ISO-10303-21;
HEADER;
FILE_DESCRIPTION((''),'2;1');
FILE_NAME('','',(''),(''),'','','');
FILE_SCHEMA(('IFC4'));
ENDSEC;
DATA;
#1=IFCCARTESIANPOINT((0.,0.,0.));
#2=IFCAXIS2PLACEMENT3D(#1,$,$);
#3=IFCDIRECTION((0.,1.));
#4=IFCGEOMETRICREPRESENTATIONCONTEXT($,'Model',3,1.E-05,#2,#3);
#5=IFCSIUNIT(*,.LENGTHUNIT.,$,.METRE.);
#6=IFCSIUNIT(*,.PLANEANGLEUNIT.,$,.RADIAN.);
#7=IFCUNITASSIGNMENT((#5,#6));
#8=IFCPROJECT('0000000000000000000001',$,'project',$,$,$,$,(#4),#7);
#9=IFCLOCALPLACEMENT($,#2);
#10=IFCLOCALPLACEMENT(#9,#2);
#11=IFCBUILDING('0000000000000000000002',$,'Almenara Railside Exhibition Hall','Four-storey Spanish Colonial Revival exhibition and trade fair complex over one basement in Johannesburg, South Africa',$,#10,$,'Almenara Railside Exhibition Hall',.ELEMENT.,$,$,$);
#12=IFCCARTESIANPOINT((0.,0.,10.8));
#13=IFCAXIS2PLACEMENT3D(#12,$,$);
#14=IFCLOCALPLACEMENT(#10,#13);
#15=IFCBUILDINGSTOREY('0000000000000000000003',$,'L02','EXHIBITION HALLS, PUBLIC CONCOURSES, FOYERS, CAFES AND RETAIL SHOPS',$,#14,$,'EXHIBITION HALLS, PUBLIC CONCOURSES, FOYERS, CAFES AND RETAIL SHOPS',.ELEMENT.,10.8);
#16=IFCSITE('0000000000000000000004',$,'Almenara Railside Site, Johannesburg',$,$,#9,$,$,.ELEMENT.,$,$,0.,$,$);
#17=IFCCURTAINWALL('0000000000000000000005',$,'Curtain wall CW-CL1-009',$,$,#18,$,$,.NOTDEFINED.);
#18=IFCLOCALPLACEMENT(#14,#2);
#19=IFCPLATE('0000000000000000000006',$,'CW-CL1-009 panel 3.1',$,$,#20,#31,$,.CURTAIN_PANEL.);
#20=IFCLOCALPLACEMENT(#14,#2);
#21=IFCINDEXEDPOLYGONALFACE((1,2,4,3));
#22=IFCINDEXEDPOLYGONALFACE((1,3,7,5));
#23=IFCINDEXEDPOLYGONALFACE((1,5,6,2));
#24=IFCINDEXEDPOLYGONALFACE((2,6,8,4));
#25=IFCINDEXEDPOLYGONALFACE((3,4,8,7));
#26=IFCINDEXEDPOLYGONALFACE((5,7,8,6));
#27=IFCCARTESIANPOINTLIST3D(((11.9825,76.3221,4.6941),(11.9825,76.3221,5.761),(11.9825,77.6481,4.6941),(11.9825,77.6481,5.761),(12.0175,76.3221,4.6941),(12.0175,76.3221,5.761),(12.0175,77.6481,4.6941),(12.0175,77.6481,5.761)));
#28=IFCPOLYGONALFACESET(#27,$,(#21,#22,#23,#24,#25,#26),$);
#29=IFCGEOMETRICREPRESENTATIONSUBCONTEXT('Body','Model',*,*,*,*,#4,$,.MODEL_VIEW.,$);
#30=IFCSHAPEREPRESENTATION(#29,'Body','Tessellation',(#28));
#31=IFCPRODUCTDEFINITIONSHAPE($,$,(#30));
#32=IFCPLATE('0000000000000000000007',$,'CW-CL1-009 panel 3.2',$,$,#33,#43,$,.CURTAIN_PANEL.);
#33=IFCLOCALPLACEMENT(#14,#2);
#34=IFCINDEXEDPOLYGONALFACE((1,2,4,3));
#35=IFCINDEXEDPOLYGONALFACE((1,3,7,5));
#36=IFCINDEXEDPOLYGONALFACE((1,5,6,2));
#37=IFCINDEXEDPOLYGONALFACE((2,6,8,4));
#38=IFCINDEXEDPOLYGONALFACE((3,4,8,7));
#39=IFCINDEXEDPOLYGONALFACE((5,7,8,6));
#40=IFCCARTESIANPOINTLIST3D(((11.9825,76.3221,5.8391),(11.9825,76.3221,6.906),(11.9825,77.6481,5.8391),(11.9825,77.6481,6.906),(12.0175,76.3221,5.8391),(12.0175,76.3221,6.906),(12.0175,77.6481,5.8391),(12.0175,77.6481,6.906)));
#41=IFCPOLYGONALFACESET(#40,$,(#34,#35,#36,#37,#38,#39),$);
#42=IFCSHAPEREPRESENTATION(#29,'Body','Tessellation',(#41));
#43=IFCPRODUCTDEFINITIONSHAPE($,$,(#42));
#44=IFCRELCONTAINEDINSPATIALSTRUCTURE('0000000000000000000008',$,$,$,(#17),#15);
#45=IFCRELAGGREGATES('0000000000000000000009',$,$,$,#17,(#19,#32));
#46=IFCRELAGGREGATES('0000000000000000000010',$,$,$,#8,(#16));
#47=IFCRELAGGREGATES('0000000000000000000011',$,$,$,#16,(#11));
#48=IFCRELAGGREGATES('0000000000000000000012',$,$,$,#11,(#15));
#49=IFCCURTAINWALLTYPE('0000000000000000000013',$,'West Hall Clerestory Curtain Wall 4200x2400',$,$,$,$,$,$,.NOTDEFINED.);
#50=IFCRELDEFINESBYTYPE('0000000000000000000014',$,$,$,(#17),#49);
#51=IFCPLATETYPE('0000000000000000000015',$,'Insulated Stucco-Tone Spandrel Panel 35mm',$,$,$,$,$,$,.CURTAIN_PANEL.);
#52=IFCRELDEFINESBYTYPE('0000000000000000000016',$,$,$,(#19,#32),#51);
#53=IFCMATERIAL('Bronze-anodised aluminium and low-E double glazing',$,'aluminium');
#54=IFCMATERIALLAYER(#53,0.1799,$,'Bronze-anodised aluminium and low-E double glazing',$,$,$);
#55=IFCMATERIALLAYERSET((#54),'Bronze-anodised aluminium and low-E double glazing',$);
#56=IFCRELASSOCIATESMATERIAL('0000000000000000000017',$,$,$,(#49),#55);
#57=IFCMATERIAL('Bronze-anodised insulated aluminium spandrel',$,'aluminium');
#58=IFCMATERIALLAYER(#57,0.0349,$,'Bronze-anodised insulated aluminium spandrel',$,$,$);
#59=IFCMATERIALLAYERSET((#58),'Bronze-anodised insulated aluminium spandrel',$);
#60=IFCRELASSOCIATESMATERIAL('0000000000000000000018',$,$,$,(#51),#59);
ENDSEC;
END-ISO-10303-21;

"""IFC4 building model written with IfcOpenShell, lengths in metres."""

from ifc_helpers import new_model, si_unit, direction, frame, origin, origin_2d, place, context, subcontext, project, spatial, rectangle, extrude, material, layer, layer_set, type_object, element, aggregate, save


model = new_model("IFC4")

# Units and contexts
model_context = context("Model", 3, precision=1e-05, world=origin(), true_north=direction((0.0, 1.0)))
body_context = subcontext(model_context, "Body", "Model", "MODEL_VIEW")
ifc_project = project(units=[si_unit("LENGTHUNIT", "METRE"), si_unit("PLANEANGLEUNIT", "RADIAN")], contexts=[model_context])

# Site, building, storey
site_placement = place(None, origin())
site = spatial("IfcSite", under=ifc_project, at=site_placement, Name="Almenara Railside Site, Johannesburg", CompositionType="ELEMENT", RefElevation=0.0)
building_placement = place(site_placement, origin())
building = spatial("IfcBuilding", under=site, at=building_placement, Name="Almenara Railside Exhibition Hall", Description="Four-storey Spanish Colonial Revival exhibition and trade fair complex over one basement in Johannesburg, South Africa", LongName="Almenara Railside Exhibition Hall", CompositionType="ELEMENT")
storey_placement = place(building_placement, frame((0.0, 0.0, 10.8)))
storey = spatial("IfcBuildingStorey", under=building, at=storey_placement, Name="L02", Description="EXHIBITION HALLS, PUBLIC CONCOURSES, FOYERS, CAFES AND RETAIL SHOPS", LongName="EXHIBITION HALLS, PUBLIC CONCOURSES, FOYERS, CAFES AND RETAIL SHOPS", CompositionType="ELEMENT", Elevation=10.8)

# Shared definitions
ifc_material_1 = material(Name="Bronze-anodised aluminium and low-E double glazing", Category="aluminium")
ifc_layer_1 = layer(ifc_material_1, 0.1799, Name="Bronze-anodised aluminium and low-E double glazing")
ifc_layer_set_1 = layer_set([ifc_layer_1], Name="Bronze-anodised aluminium and low-E double glazing")
curtain_wall_type = type_object("IfcCurtainWallType", Name="West Hall Clerestory Curtain Wall 4200x2400", PredefinedType="NOTDEFINED", material=ifc_layer_set_1)

# Curtain wall
curtain_wall_1_placement = place(storey_placement, origin())
curtain_wall_1 = element("IfcCurtainWall", 1, at=curtain_wall_1_placement, inside=storey, type_object=curtain_wall_type, Name="Curtain wall CW-CL1-009", PredefinedType="NOTDEFINED")

# Plates
ifc_material_2 = material(Name="Bronze-anodised insulated aluminium spandrel", Category="aluminium")
ifc_layer_2 = layer(ifc_material_2, 0.0349, Name="Bronze-anodised insulated aluminium spandrel")
ifc_layer_set_2 = layer_set([ifc_layer_2], Name="Bronze-anodised insulated aluminium spandrel")
plate_type_1 = type_object("IfcPlateType", Name="Insulated Stucco-Tone Spandrel Panel 35mm", PredefinedType="CURTAIN_PANEL", material=ifc_layer_set_2)
plate_1_placement = place(storey_placement, frame((12.0, 76.9851, 4.6941), z_axis=(0.0, 0.0, 1.0), x_axis=(0.0, 1.0, 0.0)))
plate_1 = element("IfcPlate", 2, at=plate_1_placement, type_object=plate_type_1, Name="CW-CL1-009 panel 3.1", PredefinedType="CURTAIN_PANEL", context=body_context, shape_type="SweptSolid", body=[
    extrude(rectangle(XDim=1.3259, YDim=0.0349, at=origin_2d()), origin(), (0.0, 0.0, 1.0), 1.0669),
])
plate_2_placement = place(storey_placement, frame((12.0, 76.9851, 5.8391), z_axis=(0.0, 0.0, 1.0), x_axis=(0.0, 1.0, 0.0)))
plate_2 = element("IfcPlate", 3, at=plate_2_placement, type_object=plate_type_1, Name="CW-CL1-009 panel 3.2", PredefinedType="CURTAIN_PANEL", context=body_context, shape_type="SweptSolid", body=[
    extrude(rectangle(XDim=1.3259, YDim=0.0349, at=origin_2d()), origin(), (0.0, 0.0, 1.0), 1.0669),
])
aggregate(curtain_wall_1, [plate_1, plate_2])

save(model, "model.ifc")
